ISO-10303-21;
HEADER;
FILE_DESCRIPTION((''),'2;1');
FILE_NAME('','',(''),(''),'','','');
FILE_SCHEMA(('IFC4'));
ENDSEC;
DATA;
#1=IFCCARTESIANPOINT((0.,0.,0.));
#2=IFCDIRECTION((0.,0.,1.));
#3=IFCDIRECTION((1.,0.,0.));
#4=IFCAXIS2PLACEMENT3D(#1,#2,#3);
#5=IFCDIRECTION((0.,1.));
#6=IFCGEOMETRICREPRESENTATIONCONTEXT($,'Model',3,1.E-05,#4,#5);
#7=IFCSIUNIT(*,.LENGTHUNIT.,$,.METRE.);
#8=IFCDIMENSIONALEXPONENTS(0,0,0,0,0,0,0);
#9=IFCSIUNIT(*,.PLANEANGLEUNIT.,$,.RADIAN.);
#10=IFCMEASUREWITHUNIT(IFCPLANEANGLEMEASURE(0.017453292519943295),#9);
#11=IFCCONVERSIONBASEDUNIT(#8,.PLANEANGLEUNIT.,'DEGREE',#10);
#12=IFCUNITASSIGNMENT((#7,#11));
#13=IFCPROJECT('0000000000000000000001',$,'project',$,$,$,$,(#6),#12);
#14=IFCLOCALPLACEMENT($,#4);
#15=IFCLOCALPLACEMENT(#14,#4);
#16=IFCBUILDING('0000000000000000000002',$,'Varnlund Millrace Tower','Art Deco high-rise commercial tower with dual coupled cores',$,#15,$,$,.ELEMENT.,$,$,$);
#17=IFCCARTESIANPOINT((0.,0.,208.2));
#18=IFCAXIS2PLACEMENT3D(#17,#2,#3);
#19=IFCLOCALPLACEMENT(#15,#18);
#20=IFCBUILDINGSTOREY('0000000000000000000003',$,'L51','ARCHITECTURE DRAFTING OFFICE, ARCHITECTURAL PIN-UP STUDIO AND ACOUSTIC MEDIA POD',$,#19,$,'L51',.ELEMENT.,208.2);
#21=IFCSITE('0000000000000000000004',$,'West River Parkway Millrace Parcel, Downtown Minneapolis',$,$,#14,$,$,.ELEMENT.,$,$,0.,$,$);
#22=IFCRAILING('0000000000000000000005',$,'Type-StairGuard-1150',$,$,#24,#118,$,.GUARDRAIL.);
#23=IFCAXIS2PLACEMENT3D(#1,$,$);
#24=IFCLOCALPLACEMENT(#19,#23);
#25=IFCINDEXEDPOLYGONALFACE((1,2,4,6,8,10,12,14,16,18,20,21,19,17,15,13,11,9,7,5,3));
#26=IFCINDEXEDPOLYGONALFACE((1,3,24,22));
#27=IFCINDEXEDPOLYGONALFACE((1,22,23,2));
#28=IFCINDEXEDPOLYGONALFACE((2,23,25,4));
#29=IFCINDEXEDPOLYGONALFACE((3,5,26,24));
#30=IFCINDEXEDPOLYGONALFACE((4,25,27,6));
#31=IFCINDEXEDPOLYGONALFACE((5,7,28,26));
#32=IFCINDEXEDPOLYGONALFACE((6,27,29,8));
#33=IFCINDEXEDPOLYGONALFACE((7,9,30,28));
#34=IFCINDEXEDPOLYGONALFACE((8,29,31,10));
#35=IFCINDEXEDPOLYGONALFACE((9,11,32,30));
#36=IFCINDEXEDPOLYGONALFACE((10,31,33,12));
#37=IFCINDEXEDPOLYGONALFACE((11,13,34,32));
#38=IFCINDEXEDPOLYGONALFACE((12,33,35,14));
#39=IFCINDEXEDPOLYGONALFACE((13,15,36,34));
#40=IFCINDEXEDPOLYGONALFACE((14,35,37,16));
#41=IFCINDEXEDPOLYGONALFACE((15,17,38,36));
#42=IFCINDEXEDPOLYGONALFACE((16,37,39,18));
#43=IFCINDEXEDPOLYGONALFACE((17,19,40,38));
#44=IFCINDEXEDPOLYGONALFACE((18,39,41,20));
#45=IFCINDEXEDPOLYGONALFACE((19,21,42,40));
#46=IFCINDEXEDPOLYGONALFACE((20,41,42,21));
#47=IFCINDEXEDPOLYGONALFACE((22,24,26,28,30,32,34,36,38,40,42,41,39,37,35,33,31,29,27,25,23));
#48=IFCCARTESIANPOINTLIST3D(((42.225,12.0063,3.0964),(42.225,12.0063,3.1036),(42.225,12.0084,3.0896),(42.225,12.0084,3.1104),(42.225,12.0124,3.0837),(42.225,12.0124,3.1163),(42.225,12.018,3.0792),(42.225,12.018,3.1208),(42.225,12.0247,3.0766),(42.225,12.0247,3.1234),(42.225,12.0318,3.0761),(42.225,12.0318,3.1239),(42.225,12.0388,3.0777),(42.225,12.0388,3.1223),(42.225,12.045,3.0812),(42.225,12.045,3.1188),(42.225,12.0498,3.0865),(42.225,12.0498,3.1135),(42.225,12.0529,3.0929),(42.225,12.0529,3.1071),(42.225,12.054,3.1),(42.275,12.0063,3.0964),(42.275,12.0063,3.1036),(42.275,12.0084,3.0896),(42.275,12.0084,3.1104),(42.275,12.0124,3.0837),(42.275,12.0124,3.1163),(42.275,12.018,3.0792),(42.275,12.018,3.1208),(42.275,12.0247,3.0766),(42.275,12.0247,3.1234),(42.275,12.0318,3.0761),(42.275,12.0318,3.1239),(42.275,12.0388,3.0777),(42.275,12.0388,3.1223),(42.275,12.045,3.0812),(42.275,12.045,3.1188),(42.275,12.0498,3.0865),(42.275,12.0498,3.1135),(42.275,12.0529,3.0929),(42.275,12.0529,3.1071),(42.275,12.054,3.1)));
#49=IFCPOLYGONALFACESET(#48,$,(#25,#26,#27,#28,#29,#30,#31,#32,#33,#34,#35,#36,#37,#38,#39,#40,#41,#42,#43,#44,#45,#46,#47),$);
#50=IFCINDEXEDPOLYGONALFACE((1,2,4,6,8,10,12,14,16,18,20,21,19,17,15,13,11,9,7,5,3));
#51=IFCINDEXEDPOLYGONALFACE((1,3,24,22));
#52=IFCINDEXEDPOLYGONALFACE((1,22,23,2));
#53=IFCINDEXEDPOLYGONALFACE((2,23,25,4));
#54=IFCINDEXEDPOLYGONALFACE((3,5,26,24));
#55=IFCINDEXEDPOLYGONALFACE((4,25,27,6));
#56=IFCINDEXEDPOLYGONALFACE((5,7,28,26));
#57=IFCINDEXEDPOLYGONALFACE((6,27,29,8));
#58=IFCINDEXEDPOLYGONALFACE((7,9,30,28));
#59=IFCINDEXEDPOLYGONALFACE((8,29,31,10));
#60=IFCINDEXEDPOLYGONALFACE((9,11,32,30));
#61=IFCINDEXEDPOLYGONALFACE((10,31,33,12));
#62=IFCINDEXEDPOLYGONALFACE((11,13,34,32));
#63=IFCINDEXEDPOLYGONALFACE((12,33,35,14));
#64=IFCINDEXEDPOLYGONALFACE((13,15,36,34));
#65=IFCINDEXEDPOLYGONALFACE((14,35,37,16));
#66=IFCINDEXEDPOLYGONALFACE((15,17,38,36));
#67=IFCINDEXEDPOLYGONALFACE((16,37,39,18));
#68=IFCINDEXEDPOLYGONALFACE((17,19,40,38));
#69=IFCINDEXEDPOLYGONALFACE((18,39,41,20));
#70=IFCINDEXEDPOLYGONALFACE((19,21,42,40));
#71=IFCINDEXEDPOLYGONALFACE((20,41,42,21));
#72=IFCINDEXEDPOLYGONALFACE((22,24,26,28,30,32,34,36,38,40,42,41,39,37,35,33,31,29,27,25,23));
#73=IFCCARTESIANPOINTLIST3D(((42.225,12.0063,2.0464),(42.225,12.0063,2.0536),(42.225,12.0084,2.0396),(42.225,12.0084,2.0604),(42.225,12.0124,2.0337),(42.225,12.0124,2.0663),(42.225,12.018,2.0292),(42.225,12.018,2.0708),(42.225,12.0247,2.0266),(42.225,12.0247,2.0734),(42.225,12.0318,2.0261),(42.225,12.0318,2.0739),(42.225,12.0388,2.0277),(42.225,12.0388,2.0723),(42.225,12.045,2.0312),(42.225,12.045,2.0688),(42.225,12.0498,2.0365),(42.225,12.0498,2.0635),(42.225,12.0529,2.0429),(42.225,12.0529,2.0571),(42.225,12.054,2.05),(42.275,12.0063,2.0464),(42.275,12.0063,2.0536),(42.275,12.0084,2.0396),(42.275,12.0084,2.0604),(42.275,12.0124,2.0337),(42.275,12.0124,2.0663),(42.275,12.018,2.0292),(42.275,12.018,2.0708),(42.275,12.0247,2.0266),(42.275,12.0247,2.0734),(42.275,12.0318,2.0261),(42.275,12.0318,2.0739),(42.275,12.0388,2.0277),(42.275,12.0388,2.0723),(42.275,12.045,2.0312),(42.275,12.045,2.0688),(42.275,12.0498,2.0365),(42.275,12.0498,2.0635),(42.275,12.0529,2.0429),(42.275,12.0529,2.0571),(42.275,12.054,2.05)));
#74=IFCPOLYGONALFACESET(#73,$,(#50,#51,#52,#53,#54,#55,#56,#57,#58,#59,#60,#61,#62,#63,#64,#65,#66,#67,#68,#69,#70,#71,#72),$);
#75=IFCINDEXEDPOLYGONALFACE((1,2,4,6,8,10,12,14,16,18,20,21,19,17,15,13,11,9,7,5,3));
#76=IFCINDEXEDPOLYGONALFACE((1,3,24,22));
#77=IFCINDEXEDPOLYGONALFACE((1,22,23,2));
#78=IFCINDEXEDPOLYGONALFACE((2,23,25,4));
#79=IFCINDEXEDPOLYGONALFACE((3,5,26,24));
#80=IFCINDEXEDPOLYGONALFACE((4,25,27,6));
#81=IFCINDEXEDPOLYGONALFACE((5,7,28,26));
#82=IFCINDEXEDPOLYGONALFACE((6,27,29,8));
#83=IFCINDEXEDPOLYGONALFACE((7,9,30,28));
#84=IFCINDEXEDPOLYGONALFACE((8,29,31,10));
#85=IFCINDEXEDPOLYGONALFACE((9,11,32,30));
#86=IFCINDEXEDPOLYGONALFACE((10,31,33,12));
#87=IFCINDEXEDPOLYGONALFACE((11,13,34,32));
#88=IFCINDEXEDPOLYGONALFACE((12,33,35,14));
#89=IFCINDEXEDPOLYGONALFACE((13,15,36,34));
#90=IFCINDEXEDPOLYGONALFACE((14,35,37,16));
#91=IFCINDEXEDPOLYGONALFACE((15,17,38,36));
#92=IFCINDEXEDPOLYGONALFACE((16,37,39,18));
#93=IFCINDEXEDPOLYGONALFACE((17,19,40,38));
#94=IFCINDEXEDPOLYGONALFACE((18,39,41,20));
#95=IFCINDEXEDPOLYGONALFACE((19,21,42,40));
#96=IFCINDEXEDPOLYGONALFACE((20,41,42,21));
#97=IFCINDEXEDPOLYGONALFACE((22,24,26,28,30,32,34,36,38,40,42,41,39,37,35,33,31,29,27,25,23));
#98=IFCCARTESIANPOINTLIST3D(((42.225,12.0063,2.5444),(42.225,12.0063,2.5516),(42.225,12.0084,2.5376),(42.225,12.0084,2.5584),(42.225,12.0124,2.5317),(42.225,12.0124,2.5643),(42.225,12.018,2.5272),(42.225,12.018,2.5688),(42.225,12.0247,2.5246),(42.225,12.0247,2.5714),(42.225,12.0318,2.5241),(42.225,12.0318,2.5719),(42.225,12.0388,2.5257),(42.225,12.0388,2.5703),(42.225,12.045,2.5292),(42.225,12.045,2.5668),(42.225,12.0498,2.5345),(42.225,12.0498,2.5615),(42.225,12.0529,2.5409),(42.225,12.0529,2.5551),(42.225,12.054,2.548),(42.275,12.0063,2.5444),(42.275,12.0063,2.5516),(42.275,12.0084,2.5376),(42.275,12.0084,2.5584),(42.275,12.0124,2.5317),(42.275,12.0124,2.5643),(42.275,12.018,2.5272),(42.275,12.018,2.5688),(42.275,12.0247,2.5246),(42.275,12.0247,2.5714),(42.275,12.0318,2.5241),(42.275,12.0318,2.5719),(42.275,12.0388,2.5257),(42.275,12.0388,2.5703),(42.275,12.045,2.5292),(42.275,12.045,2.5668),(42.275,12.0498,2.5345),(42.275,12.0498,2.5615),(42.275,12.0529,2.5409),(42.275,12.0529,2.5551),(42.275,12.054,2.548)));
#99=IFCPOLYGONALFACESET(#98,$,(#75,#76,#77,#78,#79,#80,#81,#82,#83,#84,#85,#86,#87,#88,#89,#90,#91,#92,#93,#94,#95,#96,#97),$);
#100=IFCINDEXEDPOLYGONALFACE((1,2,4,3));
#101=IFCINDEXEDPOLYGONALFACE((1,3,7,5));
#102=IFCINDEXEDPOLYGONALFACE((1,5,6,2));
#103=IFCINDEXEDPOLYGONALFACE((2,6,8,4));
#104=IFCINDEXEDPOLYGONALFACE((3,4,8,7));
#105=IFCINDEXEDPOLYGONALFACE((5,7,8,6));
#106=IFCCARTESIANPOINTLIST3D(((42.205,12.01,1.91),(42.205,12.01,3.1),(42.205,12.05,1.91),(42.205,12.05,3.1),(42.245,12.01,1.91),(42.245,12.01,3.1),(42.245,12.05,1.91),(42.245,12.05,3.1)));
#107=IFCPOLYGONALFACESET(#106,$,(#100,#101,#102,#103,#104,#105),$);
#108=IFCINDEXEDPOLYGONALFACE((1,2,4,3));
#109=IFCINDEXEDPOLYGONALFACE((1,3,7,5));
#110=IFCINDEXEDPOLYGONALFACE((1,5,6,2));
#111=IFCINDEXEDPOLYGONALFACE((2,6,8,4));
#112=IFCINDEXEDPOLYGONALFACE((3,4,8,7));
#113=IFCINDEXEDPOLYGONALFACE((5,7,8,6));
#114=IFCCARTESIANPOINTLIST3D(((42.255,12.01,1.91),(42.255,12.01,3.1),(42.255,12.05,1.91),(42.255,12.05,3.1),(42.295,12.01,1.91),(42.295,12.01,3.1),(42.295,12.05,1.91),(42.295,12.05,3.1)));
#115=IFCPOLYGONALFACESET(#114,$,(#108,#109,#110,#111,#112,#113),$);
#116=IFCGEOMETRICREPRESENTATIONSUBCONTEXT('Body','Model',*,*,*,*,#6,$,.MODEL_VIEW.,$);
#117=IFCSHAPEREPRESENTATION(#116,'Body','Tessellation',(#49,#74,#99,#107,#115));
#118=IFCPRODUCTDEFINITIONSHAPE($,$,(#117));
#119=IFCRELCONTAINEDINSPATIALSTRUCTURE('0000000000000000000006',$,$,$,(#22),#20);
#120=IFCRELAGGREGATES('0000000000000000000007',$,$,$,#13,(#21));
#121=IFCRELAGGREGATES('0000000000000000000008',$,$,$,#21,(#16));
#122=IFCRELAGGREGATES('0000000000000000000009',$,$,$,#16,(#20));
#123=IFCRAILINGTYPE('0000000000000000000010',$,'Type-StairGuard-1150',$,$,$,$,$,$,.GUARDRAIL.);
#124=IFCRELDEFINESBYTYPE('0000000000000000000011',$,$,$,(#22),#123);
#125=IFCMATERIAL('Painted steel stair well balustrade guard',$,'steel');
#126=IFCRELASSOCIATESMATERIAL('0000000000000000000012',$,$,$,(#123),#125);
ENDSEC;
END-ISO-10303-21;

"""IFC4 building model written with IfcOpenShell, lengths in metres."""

from ifc_helpers import new_model, entity, si_unit, converted_unit, direction, frame, origin_with_axes, origin_2d_with_axis, place, context, subcontext, project, spatial, rectangle, circle, extrude, material, type_object, element, save


model = new_model("IFC4")

# Units and contexts
model_context = context("Model", 3, precision=1e-05, world=origin_with_axes(), true_north=direction((0.0, 1.0)))
body_context = subcontext(model_context, "Body", "Model", "MODEL_VIEW")
ifc_project = project(units=[si_unit("LENGTHUNIT", "METRE"), converted_unit("PLANEANGLEUNIT", "DEGREE", entity("IfcPlaneAngleMeasure", 0.017453292519943295), si_unit("PLANEANGLEUNIT", "RADIAN"), dimensions=[0, 0, 0, 0, 0, 0, 0])], contexts=[model_context])

# Site, building, storey
site_placement = place(None, origin_with_axes())
site = spatial("IfcSite", under=ifc_project, at=site_placement, Name="West River Parkway Millrace Parcel, Downtown Minneapolis", CompositionType="ELEMENT", RefElevation=0.0)
building_placement = place(site_placement, origin_with_axes())
building = spatial("IfcBuilding", under=site, at=building_placement, Name="Varnlund Millrace Tower", Description="Art Deco high-rise commercial tower with dual coupled cores", CompositionType="ELEMENT")
storey_placement = place(building_placement, frame((0.0, 0.0, 208.2), z_axis=(0.0, 0.0, 1.0), x_axis=(1.0, 0.0, 0.0)))
storey = spatial("IfcBuildingStorey", under=building, at=storey_placement, Name="L51", Description="ARCHITECTURE DRAFTING OFFICE, ARCHITECTURAL PIN-UP STUDIO AND ACOUSTIC MEDIA POD", LongName="L51", CompositionType="ELEMENT", Elevation=208.2)

# Railing
ifc_material_1 = material(Name="Painted steel stair well balustrade guard", Category="steel")
railing_type_1 = type_object("IfcRailingType", Name="Type-StairGuard-1150", PredefinedType="GUARDRAIL", material=ifc_material_1)
railing_1_placement = place(storey_placement, frame((0.0, 0.0, -208.2), z_axis=(0.0, 0.0, 1.0), x_axis=(1.0, 0.0, 0.0)))
element("IfcRailing", 1, at=railing_1_placement, inside=storey, type_object=railing_type_1, Name="Type-StairGuard-1150", PredefinedType="GUARDRAIL", context=body_context, shape_type="SweptSolid", body=[
    extrude(circle(Radius=0.024, at=origin_2d_with_axis()), frame((42.225, 12.03, 211.3), z_axis=(1.0, 0.0, 0.0), x_axis=(0.0, 1.0, 0.0)), (0.0, 0.0, 1.0), 0.05),
    extrude(circle(Radius=0.024, at=origin_2d_with_axis()), frame((42.225, 12.03, 210.25), z_axis=(1.0, 0.0, 0.0), x_axis=(0.0, 1.0, 0.0)), (0.0, 0.0, 1.0), 0.05),
    extrude(circle(Radius=0.024, at=origin_2d_with_axis()), frame((42.225, 12.03, 210.748), z_axis=(1.0, 0.0, 0.0), x_axis=(0.0, 1.0, 0.0)), (0.0, 0.0, 1.0), 0.05),
    extrude(rectangle(XDim=0.04, YDim=0.04, at=origin_2d_with_axis()), frame((42.225, 12.03, 210.11), z_axis=(0.0, 0.0, 1.0), x_axis=(1.0, 0.0, 0.0)), (0.0, 0.0, 1.0), 1.19),
    extrude(rectangle(XDim=0.04, YDim=0.04, at=origin_2d_with_axis()), frame((42.275, 12.03, 210.11), z_axis=(0.0, 0.0, 1.0), x_axis=(1.0, 0.0, 0.0)), (0.0, 0.0, 1.0), 1.19),
])

save(model, "model.ifc")
